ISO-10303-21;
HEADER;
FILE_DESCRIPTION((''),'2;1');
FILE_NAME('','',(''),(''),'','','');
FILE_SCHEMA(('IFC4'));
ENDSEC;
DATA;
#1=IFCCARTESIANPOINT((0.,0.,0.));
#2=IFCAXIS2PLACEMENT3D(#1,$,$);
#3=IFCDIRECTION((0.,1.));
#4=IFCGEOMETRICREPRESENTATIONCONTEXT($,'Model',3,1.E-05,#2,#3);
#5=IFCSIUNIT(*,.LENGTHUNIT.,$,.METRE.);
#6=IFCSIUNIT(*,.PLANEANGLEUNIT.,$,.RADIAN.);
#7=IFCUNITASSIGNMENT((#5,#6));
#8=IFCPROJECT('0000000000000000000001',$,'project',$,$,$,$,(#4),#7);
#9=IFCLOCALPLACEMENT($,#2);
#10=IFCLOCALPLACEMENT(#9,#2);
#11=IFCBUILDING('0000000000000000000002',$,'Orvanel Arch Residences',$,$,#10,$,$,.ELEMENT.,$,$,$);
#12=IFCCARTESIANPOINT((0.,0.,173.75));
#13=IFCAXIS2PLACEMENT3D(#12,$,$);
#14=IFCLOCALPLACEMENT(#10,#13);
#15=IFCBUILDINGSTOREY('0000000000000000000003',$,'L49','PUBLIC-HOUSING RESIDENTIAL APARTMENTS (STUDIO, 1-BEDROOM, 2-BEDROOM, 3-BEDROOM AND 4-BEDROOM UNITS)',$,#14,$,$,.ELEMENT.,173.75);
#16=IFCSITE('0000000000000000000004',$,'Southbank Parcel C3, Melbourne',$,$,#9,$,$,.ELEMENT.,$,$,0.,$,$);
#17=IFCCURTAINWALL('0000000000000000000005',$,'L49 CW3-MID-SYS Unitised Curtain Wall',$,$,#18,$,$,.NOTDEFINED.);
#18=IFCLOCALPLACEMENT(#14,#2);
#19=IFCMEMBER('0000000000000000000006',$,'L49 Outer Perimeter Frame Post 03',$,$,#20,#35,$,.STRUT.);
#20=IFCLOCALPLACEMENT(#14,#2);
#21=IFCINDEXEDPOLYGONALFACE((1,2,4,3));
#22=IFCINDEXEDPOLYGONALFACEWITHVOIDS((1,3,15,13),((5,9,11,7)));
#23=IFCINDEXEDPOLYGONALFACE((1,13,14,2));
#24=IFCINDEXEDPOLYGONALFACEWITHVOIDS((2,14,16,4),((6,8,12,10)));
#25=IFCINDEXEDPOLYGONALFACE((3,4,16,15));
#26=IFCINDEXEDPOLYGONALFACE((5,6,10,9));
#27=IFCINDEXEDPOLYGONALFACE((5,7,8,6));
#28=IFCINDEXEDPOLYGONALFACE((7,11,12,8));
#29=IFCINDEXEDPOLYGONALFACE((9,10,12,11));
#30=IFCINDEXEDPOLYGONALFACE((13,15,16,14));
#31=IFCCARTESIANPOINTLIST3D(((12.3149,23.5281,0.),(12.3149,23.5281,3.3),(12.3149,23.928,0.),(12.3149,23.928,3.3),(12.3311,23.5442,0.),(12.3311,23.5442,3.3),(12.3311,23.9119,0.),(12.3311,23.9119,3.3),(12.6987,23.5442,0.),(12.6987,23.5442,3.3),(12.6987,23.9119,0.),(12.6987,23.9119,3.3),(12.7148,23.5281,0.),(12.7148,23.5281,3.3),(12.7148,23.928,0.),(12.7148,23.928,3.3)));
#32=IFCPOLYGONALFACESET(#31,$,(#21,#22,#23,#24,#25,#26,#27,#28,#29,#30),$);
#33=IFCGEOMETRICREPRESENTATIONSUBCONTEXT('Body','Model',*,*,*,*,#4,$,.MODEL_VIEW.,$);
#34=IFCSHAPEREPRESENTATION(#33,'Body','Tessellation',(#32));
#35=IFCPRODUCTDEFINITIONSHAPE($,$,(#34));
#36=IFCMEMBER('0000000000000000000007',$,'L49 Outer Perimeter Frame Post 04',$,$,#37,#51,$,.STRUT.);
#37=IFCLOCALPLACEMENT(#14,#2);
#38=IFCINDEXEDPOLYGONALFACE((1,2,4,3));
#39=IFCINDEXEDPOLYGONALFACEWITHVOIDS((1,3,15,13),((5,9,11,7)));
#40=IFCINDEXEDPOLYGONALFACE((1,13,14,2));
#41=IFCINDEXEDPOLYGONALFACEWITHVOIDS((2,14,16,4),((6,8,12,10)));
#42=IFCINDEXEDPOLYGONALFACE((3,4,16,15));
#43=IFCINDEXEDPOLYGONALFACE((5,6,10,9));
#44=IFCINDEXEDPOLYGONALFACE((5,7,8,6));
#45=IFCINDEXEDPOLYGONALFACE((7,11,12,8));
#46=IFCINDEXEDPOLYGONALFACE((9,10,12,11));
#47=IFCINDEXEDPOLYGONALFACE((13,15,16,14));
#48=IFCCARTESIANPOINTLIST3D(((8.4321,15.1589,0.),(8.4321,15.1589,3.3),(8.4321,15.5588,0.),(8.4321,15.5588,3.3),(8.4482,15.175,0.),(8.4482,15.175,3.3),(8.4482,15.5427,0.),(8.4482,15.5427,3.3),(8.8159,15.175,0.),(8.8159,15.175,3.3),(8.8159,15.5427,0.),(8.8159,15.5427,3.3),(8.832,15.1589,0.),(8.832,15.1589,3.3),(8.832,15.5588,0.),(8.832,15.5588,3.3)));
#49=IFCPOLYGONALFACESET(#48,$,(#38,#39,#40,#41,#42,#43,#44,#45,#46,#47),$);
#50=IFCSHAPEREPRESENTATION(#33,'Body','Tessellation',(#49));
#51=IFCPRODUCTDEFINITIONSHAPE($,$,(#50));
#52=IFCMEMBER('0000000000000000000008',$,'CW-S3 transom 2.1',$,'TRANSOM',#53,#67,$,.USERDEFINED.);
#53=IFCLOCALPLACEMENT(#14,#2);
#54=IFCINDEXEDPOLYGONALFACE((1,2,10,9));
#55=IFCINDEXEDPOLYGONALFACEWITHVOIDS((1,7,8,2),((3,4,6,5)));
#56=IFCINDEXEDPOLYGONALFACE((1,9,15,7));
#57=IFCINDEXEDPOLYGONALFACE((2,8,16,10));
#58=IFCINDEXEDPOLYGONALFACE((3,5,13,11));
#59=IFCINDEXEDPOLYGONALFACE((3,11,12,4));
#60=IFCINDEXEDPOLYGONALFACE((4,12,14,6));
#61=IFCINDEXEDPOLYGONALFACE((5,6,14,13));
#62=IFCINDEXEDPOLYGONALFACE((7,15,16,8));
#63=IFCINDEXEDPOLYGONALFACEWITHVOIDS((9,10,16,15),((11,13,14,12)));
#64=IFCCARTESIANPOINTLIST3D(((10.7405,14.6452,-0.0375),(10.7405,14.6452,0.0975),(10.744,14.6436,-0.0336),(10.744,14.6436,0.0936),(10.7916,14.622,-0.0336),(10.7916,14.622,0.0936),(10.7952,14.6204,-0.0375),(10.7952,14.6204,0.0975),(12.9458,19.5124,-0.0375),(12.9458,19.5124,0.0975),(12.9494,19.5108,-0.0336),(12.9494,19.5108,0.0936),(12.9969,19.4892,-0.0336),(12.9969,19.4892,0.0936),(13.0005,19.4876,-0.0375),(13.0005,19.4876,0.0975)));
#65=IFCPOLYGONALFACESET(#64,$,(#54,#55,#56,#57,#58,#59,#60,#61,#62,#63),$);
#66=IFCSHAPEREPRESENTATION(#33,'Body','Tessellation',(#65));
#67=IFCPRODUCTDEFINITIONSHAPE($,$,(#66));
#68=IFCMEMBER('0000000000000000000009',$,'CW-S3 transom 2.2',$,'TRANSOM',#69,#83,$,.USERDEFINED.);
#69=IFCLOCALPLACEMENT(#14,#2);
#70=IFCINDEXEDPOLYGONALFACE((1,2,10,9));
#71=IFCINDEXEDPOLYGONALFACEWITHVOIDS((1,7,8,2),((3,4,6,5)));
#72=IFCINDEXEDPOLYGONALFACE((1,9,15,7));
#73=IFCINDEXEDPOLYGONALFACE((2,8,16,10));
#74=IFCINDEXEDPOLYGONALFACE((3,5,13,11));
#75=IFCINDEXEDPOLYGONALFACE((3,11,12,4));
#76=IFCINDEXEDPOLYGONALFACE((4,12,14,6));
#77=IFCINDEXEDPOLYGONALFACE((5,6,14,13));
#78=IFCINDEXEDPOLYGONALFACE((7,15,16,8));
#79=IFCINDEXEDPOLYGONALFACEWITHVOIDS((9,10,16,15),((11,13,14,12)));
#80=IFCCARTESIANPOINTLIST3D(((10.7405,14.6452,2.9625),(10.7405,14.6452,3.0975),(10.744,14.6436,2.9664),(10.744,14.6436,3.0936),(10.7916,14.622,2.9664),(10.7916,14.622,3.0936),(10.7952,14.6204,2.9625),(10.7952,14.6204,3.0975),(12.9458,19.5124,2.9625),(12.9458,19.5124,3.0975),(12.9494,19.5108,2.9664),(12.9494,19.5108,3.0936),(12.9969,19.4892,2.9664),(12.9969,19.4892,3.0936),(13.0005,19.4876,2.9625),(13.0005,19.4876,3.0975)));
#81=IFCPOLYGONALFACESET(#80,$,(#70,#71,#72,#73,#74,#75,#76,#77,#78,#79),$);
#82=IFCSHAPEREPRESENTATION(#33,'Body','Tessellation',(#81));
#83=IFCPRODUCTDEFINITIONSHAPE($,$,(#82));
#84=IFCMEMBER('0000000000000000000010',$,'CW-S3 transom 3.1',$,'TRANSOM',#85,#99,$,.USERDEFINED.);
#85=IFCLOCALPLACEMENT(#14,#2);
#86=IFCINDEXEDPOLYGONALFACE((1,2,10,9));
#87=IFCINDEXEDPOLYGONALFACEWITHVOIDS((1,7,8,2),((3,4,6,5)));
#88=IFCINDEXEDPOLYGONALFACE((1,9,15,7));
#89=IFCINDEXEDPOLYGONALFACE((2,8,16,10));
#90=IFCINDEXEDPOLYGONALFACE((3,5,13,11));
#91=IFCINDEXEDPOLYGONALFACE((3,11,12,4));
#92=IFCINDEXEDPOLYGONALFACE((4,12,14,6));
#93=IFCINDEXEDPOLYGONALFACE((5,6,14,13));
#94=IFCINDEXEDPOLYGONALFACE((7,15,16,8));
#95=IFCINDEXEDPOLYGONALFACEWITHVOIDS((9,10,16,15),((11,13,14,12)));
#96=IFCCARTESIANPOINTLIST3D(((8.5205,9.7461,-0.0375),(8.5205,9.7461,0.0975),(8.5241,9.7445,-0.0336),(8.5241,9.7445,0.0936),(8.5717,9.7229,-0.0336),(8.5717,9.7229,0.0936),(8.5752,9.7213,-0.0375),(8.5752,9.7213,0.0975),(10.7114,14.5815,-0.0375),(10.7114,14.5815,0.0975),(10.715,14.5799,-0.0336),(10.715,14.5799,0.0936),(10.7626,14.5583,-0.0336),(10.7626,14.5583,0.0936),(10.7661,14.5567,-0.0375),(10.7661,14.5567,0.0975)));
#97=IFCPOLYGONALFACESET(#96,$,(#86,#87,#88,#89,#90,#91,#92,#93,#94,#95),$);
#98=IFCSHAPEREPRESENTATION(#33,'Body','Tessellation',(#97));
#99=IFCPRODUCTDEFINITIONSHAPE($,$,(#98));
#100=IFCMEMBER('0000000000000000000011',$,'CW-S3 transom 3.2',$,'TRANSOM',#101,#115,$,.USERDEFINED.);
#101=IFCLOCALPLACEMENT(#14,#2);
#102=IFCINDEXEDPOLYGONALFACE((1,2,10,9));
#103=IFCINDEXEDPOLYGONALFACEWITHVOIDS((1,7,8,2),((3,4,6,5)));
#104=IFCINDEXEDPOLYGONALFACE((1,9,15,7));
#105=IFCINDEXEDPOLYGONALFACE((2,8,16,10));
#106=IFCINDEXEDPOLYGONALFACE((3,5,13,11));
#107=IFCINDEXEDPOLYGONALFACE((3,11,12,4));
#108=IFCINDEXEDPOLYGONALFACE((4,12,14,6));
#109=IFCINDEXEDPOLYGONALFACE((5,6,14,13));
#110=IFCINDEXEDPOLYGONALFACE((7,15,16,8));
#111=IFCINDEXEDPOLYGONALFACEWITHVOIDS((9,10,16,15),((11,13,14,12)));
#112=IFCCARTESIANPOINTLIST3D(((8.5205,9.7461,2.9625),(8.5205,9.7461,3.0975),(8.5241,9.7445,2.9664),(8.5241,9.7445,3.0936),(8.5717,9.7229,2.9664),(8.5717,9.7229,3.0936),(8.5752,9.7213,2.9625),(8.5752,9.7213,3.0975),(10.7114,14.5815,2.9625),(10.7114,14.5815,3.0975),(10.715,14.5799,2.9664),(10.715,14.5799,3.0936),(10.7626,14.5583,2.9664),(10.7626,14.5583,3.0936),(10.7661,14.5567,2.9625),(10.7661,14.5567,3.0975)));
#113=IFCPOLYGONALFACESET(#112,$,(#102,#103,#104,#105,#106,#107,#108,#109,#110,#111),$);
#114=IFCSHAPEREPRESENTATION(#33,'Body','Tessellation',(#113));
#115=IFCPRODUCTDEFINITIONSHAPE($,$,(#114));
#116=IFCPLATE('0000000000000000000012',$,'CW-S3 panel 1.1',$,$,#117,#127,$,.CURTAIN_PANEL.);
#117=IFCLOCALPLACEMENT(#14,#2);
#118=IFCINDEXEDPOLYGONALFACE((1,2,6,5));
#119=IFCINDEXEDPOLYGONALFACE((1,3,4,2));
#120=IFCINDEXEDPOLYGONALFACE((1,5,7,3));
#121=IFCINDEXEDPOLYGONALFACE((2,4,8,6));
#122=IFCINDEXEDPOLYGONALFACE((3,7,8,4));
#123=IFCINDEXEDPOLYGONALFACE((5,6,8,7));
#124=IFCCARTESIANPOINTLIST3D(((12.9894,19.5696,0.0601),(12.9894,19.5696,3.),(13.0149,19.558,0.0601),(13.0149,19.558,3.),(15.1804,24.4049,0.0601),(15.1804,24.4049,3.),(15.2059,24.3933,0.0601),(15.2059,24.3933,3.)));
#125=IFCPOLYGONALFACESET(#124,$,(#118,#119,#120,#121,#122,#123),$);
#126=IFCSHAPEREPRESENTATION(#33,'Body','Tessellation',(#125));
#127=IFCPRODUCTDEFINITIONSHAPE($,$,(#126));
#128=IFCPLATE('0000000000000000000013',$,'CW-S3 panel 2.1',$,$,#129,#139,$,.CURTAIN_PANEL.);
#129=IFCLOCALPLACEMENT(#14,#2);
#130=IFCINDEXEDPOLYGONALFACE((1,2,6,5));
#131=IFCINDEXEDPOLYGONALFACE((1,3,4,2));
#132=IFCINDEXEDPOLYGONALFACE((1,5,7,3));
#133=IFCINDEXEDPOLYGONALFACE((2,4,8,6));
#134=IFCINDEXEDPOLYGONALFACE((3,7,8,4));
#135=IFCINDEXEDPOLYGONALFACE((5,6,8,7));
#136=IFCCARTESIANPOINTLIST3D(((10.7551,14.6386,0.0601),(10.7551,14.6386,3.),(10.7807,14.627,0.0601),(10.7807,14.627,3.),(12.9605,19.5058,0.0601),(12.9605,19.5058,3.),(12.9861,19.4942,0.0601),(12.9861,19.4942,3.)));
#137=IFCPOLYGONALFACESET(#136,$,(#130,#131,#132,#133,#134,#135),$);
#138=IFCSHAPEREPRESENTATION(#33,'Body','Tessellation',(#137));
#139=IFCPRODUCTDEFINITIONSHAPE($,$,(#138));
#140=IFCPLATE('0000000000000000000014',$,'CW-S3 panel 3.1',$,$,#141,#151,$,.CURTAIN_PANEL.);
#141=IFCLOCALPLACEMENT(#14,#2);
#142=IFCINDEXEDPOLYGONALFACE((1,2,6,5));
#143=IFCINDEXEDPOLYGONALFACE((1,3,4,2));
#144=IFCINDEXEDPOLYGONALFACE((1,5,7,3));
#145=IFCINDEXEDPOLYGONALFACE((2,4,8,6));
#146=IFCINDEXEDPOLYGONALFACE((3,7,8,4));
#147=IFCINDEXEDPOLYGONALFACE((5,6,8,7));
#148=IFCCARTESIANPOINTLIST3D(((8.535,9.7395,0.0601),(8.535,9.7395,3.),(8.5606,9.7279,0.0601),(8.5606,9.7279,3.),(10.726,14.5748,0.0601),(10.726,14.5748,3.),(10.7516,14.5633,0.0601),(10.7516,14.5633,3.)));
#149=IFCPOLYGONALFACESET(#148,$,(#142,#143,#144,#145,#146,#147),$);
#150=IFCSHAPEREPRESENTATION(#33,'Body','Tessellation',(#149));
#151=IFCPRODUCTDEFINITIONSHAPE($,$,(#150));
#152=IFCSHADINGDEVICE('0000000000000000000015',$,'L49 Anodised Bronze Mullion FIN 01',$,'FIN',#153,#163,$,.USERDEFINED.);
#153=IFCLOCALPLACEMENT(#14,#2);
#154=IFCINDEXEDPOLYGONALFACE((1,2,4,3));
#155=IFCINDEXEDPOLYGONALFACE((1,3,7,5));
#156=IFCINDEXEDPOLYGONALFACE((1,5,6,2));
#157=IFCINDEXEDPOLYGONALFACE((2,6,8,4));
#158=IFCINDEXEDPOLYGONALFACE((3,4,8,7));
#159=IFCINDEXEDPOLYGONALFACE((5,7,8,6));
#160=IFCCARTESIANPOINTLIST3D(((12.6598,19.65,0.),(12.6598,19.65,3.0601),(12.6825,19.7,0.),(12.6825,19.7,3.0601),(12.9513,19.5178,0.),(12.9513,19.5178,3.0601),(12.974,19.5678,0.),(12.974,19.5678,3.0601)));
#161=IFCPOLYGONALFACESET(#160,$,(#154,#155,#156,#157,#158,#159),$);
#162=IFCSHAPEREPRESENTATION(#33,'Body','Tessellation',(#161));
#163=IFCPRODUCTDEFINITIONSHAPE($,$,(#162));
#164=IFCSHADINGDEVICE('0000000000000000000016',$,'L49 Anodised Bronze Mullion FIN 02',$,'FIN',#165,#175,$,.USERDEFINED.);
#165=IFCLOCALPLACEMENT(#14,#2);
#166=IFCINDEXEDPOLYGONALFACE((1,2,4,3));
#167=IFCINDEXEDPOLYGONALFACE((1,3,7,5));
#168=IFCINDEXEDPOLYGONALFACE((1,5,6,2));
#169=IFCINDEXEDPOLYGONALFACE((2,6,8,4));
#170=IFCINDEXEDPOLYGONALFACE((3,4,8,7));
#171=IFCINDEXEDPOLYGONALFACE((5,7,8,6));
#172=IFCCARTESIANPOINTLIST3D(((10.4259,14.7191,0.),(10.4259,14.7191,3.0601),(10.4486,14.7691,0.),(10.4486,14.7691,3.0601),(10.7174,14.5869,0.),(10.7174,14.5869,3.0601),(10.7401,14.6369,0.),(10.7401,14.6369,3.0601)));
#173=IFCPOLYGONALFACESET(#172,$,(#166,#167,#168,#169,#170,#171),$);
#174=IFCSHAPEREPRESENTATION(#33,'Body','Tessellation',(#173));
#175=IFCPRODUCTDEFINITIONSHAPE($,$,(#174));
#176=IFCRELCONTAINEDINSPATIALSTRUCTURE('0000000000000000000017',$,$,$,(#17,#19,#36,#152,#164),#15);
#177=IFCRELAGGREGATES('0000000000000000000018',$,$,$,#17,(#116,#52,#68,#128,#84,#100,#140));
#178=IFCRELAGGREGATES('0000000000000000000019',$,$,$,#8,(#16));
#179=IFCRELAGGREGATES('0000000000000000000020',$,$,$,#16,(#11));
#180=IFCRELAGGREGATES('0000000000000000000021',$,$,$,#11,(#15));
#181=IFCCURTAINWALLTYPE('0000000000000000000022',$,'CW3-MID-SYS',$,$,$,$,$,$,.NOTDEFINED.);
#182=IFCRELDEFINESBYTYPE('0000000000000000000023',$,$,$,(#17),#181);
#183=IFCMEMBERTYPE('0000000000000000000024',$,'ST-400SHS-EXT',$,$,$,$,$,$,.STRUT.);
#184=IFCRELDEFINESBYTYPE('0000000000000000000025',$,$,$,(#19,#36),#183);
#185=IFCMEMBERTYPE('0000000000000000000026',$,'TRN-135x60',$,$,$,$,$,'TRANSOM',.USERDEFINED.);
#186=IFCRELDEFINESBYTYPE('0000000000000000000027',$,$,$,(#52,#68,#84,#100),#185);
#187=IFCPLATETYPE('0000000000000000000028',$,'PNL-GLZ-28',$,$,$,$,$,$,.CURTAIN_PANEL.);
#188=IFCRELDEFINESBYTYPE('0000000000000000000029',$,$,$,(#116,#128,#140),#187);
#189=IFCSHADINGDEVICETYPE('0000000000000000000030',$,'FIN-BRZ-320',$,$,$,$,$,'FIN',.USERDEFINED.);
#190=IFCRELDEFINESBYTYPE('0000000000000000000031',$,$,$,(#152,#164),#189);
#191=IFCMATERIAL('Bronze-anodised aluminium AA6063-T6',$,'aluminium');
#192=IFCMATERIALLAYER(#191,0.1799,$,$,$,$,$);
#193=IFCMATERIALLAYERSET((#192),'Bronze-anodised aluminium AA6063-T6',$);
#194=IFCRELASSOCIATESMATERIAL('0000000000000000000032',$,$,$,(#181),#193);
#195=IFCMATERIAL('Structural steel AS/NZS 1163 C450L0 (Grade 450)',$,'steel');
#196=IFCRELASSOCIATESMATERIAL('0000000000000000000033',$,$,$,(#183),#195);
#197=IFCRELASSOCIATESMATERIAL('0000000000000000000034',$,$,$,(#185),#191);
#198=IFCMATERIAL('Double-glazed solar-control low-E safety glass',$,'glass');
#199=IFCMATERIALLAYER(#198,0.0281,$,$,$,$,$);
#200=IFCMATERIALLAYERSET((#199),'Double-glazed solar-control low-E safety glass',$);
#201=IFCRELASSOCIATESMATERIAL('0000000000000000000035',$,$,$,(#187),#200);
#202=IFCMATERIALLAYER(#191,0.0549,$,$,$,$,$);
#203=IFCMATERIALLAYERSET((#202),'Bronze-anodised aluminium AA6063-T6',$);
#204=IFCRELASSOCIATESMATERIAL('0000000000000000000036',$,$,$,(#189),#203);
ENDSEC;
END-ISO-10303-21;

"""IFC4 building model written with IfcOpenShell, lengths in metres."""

from ifc_helpers import new_model, si_unit, direction, frame, origin, origin_2d, place, context, subcontext, project, spatial, rectangle, hollow_rectangle, extrude, material, layer, layer_set, material_profile, profile_set, type_object, element, aggregate, save


model = new_model("IFC4")

# Units and contexts
model_context = context("Model", 3, precision=1e-05, world=origin(), true_north=direction((0.0, 1.0)))
body_context = subcontext(model_context, "Body", "Model", "MODEL_VIEW")
ifc_project = project(units=[si_unit("LENGTHUNIT", "METRE"), si_unit("PLANEANGLEUNIT", "RADIAN")], contexts=[model_context])

# Site, building, storey
site_placement = place(None, origin())
site = spatial("IfcSite", under=ifc_project, at=site_placement, Name="Southbank Parcel C3, Melbourne", CompositionType="ELEMENT", RefElevation=0.0)
building_placement = place(site_placement, origin())
building = spatial("IfcBuilding", under=site, at=building_placement, Name="Orvanel Arch Residences", CompositionType="ELEMENT")
storey_placement = place(building_placement, frame((0.0, 0.0, 173.75)))
storey = spatial("IfcBuildingStorey", under=building, at=storey_placement, Name="L49", Description="PUBLIC-HOUSING RESIDENTIAL APARTMENTS (STUDIO, 1-BEDROOM, 2-BEDROOM, 3-BEDROOM AND 4-BEDROOM UNITS)", CompositionType="ELEMENT", Elevation=173.75)

# Shared definitions
ifc_material_1 = material(Name="Bronze-anodised aluminium AA6063-T6", Category="aluminium")

# Curtain wall
ifc_layer_1 = layer(ifc_material_1, 0.1799)
ifc_layer_set_1 = layer_set([ifc_layer_1], Name="Bronze-anodised aluminium AA6063-T6")
curtain_wall_type_1 = type_object("IfcCurtainWallType", Name="CW3-MID-SYS", PredefinedType="NOTDEFINED", material=ifc_layer_set_1)
curtain_wall_1_placement = place(storey_placement, origin())
curtain_wall_1 = element("IfcCurtainWall", 1, at=curtain_wall_1_placement, inside=storey, type_object=curtain_wall_type_1, Name="L49 CW3-MID-SYS Unitised Curtain Wall", PredefinedType="NOTDEFINED")

# Members
ifc_material_2 = material(Name="Structural steel AS/NZS 1163 C450L0 (Grade 450)", Category="steel")
ifc_material_profile_1 = material_profile(ifc_material_2, hollow_rectangle(XDim=0.3999, YDim=0.3999, WallThickness=0.0161, at=origin_2d()), Name="SHS400x400x16")
ifc_profile_set_1 = profile_set([ifc_material_profile_1], Name="Structural steel AS/NZS 1163 C450L0 (Grade 450)")
member_type_1 = type_object("IfcMemberType", Name="ST-400SHS-EXT", PredefinedType="STRUT", material=ifc_profile_set_1)
for number, where, z_axis, x_axis, name in (
    (2, (12.5149, 23.728, 0.0), (0.0, 0.0, 1.0), (1.0, 0.0, 0.0), "L49 Outer Perimeter Frame Post 03"),
    (3, (8.6321, 15.3589, 0.0), (0.0, 0.0, 1.0), (1.0, 0.0, 0.0), "L49 Outer Perimeter Frame Post 04"),
):
    element("IfcMember", number, at=place(storey_placement, frame(where, z_axis=z_axis, x_axis=x_axis)), inside=storey, type_object=member_type_1, Name=name, PredefinedType="STRUT", context=body_context, shape_type="SweptSolid", body=[
        extrude(hollow_rectangle(XDim=0.3999, YDim=0.3999, WallThickness=0.0161, at=origin_2d()), origin(), (0.0, 0.0, 1.0), 3.3),
    ])

# Members
ifc_material_profile_2 = material_profile(ifc_material_1, hollow_rectangle(XDim=0.0601, YDim=0.135, WallThickness=0.0039, at=origin_2d()), Name="ALU135x60x4")
ifc_profile_set_2 = profile_set([ifc_material_profile_2], Name="Bronze-anodised aluminium AA6063-T6")
member_type_2 = type_object("IfcMemberType", Name="TRN-135x60", ElementType="TRANSOM", PredefinedType="USERDEFINED", material=ifc_profile_set_2)
member_1_placement = place(storey_placement, frame((12.9731, 19.5, 0.03), z_axis=(-0.412711, -0.910862, 0.0), x_axis=(0.910862, -0.412711, 0.0)))
member_1 = element("IfcMember", 4, at=member_1_placement, type_object=member_type_2, Name="CW-S3 transom 2.1", ObjectType="TRANSOM", PredefinedType="USERDEFINED", context=body_context, shape_type="SweptSolid", body=[
    extrude(hollow_rectangle(XDim=0.0601, YDim=0.135, WallThickness=0.0039, at=origin_2d()), origin(), (0.0, 0.0, 1.0), 5.3435),
])
member_2_placement = place(storey_placement, frame((12.9731, 19.5, 3.03), z_axis=(-0.412711, -0.910862, 0.0), x_axis=(0.910862, -0.412711, 0.0)))
member_2 = element("IfcMember", 5, at=member_2_placement, type_object=member_type_2, Name="CW-S3 transom 2.2", ObjectType="TRANSOM", PredefinedType="USERDEFINED", context=body_context, shape_type="SweptSolid", body=[
    extrude(hollow_rectangle(XDim=0.0601, YDim=0.135, WallThickness=0.0039, at=origin_2d()), origin(), (0.0, 0.0, 1.0), 5.3435),
])
member_3_placement = place(storey_placement, frame((10.7388, 14.5691, 0.03), z_axis=(-0.412708, -0.910864, 0.0), x_axis=(0.910864, -0.412708, 0.0)))
member_3 = element("IfcMember", 6, at=member_3_placement, type_object=member_type_2, Name="CW-S3 transom 3.1", ObjectType="TRANSOM", PredefinedType="USERDEFINED", context=body_context, shape_type="SweptSolid", body=[
    extrude(hollow_rectangle(XDim=0.0601, YDim=0.135, WallThickness=0.0039, at=origin_2d()), origin(), (0.0, 0.0, 1.0), 5.3086),
])
member_4_placement = place(storey_placement, frame((10.7388, 14.5691, 3.03), z_axis=(-0.412708, -0.910864, 0.0), x_axis=(0.910864, -0.412708, 0.0)))
member_4 = element("IfcMember", 7, at=member_4_placement, type_object=member_type_2, Name="CW-S3 transom 3.2", ObjectType="TRANSOM", PredefinedType="USERDEFINED", context=body_context, shape_type="SweptSolid", body=[
    extrude(hollow_rectangle(XDim=0.0601, YDim=0.135, WallThickness=0.0039, at=origin_2d()), origin(), (0.0, 0.0, 1.0), 5.3086),
])

# Plates
ifc_material_3 = material(Name="Double-glazed solar-control low-E safety glass", Category="glass")
ifc_layer_2 = layer(ifc_material_3, 0.0281)
ifc_layer_set_2 = layer_set([ifc_layer_2], Name="Double-glazed solar-control low-E safety glass")
plate_type = type_object("IfcPlateType", Name="PNL-GLZ-28", PredefinedType="CURTAIN_PANEL", material=ifc_layer_set_2)
plate_1_placement = place(storey_placement, frame((14.0977, 21.9814, 0.0601), z_axis=(0.0, 0.0, 1.0), x_axis=(-0.412726, -0.910855, 0.0)))
plate_1 = element("IfcPlate", 8, at=plate_1_placement, type_object=plate_type, Name="CW-S3 panel 1.1", PredefinedType="CURTAIN_PANEL", context=body_context, shape_type="SweptSolid", body=[
    extrude(rectangle(XDim=5.3086, YDim=0.0281, at=origin_2d()), origin(), (0.0, 0.0, 1.0), 2.9399),
])
plate_2_placement = place(storey_placement, frame((11.8706, 17.0664, 0.0601), z_axis=(0.0, 0.0, 1.0), x_axis=(-0.412726, -0.910855, 0.0)))
plate_2 = element("IfcPlate", 9, at=plate_2_placement, type_object=plate_type, Name="CW-S3 panel 2.1", PredefinedType="CURTAIN_PANEL", context=body_context, shape_type="SweptSolid", body=[
    extrude(rectangle(XDim=5.3435, YDim=0.0281, at=origin_2d()), origin(), (0.0, 0.0, 1.0), 2.9399),
])
plate_3_placement = place(storey_placement, frame((9.6433, 12.1514, 0.0601), z_axis=(0.0, 0.0, 1.0), x_axis=(-0.412726, -0.910855, 0.0)))
plate_3 = element("IfcPlate", 10, at=plate_3_placement, type_object=plate_type, Name="CW-S3 panel 3.1", PredefinedType="CURTAIN_PANEL", context=body_context, shape_type="SweptSolid", body=[
    extrude(rectangle(XDim=5.3086, YDim=0.0281, at=origin_2d()), origin(), (0.0, 0.0, 1.0), 2.9399),
])
aggregate(curtain_wall_1, [plate_1, member_1, member_2, plate_2, member_3, member_4, plate_3])

# Shading devices
ifc_layer_3 = layer(ifc_material_1, 0.0549)
ifc_layer_set_3 = layer_set([ifc_layer_3], Name="Bronze-anodised aluminium AA6063-T6")
shading_device_type = type_object("IfcShadingDeviceType", Name="FIN-BRZ-320", ElementType="FIN", PredefinedType="USERDEFINED", material=ifc_layer_set_3)
for number, where, z_axis, x_axis, name in (
    (11, (12.8169, 19.6089, 0.0), (0.0, 0.0, 1.0), (-0.910684, 0.413104, 0.0), "L49 Anodised Bronze Mullion FIN 01"),
    (12, (10.583, 14.678, 0.0), (0.0, 0.0, 1.0), (-0.910684, 0.413104, 0.0), "L49 Anodised Bronze Mullion FIN 02"),
):
    element("IfcShadingDevice", number, at=place(storey_placement, frame(where, z_axis=z_axis, x_axis=x_axis)), inside=storey, type_object=shading_device_type, Name=name, ObjectType="FIN", PredefinedType="USERDEFINED", context=body_context, shape_type="SweptSolid", body=[
        extrude(rectangle(XDim=0.3201, YDim=0.0549, at=origin_2d()), origin(), (0.0, 0.0, 1.0), 3.0601),
    ])

save(model, "model.ifc")
